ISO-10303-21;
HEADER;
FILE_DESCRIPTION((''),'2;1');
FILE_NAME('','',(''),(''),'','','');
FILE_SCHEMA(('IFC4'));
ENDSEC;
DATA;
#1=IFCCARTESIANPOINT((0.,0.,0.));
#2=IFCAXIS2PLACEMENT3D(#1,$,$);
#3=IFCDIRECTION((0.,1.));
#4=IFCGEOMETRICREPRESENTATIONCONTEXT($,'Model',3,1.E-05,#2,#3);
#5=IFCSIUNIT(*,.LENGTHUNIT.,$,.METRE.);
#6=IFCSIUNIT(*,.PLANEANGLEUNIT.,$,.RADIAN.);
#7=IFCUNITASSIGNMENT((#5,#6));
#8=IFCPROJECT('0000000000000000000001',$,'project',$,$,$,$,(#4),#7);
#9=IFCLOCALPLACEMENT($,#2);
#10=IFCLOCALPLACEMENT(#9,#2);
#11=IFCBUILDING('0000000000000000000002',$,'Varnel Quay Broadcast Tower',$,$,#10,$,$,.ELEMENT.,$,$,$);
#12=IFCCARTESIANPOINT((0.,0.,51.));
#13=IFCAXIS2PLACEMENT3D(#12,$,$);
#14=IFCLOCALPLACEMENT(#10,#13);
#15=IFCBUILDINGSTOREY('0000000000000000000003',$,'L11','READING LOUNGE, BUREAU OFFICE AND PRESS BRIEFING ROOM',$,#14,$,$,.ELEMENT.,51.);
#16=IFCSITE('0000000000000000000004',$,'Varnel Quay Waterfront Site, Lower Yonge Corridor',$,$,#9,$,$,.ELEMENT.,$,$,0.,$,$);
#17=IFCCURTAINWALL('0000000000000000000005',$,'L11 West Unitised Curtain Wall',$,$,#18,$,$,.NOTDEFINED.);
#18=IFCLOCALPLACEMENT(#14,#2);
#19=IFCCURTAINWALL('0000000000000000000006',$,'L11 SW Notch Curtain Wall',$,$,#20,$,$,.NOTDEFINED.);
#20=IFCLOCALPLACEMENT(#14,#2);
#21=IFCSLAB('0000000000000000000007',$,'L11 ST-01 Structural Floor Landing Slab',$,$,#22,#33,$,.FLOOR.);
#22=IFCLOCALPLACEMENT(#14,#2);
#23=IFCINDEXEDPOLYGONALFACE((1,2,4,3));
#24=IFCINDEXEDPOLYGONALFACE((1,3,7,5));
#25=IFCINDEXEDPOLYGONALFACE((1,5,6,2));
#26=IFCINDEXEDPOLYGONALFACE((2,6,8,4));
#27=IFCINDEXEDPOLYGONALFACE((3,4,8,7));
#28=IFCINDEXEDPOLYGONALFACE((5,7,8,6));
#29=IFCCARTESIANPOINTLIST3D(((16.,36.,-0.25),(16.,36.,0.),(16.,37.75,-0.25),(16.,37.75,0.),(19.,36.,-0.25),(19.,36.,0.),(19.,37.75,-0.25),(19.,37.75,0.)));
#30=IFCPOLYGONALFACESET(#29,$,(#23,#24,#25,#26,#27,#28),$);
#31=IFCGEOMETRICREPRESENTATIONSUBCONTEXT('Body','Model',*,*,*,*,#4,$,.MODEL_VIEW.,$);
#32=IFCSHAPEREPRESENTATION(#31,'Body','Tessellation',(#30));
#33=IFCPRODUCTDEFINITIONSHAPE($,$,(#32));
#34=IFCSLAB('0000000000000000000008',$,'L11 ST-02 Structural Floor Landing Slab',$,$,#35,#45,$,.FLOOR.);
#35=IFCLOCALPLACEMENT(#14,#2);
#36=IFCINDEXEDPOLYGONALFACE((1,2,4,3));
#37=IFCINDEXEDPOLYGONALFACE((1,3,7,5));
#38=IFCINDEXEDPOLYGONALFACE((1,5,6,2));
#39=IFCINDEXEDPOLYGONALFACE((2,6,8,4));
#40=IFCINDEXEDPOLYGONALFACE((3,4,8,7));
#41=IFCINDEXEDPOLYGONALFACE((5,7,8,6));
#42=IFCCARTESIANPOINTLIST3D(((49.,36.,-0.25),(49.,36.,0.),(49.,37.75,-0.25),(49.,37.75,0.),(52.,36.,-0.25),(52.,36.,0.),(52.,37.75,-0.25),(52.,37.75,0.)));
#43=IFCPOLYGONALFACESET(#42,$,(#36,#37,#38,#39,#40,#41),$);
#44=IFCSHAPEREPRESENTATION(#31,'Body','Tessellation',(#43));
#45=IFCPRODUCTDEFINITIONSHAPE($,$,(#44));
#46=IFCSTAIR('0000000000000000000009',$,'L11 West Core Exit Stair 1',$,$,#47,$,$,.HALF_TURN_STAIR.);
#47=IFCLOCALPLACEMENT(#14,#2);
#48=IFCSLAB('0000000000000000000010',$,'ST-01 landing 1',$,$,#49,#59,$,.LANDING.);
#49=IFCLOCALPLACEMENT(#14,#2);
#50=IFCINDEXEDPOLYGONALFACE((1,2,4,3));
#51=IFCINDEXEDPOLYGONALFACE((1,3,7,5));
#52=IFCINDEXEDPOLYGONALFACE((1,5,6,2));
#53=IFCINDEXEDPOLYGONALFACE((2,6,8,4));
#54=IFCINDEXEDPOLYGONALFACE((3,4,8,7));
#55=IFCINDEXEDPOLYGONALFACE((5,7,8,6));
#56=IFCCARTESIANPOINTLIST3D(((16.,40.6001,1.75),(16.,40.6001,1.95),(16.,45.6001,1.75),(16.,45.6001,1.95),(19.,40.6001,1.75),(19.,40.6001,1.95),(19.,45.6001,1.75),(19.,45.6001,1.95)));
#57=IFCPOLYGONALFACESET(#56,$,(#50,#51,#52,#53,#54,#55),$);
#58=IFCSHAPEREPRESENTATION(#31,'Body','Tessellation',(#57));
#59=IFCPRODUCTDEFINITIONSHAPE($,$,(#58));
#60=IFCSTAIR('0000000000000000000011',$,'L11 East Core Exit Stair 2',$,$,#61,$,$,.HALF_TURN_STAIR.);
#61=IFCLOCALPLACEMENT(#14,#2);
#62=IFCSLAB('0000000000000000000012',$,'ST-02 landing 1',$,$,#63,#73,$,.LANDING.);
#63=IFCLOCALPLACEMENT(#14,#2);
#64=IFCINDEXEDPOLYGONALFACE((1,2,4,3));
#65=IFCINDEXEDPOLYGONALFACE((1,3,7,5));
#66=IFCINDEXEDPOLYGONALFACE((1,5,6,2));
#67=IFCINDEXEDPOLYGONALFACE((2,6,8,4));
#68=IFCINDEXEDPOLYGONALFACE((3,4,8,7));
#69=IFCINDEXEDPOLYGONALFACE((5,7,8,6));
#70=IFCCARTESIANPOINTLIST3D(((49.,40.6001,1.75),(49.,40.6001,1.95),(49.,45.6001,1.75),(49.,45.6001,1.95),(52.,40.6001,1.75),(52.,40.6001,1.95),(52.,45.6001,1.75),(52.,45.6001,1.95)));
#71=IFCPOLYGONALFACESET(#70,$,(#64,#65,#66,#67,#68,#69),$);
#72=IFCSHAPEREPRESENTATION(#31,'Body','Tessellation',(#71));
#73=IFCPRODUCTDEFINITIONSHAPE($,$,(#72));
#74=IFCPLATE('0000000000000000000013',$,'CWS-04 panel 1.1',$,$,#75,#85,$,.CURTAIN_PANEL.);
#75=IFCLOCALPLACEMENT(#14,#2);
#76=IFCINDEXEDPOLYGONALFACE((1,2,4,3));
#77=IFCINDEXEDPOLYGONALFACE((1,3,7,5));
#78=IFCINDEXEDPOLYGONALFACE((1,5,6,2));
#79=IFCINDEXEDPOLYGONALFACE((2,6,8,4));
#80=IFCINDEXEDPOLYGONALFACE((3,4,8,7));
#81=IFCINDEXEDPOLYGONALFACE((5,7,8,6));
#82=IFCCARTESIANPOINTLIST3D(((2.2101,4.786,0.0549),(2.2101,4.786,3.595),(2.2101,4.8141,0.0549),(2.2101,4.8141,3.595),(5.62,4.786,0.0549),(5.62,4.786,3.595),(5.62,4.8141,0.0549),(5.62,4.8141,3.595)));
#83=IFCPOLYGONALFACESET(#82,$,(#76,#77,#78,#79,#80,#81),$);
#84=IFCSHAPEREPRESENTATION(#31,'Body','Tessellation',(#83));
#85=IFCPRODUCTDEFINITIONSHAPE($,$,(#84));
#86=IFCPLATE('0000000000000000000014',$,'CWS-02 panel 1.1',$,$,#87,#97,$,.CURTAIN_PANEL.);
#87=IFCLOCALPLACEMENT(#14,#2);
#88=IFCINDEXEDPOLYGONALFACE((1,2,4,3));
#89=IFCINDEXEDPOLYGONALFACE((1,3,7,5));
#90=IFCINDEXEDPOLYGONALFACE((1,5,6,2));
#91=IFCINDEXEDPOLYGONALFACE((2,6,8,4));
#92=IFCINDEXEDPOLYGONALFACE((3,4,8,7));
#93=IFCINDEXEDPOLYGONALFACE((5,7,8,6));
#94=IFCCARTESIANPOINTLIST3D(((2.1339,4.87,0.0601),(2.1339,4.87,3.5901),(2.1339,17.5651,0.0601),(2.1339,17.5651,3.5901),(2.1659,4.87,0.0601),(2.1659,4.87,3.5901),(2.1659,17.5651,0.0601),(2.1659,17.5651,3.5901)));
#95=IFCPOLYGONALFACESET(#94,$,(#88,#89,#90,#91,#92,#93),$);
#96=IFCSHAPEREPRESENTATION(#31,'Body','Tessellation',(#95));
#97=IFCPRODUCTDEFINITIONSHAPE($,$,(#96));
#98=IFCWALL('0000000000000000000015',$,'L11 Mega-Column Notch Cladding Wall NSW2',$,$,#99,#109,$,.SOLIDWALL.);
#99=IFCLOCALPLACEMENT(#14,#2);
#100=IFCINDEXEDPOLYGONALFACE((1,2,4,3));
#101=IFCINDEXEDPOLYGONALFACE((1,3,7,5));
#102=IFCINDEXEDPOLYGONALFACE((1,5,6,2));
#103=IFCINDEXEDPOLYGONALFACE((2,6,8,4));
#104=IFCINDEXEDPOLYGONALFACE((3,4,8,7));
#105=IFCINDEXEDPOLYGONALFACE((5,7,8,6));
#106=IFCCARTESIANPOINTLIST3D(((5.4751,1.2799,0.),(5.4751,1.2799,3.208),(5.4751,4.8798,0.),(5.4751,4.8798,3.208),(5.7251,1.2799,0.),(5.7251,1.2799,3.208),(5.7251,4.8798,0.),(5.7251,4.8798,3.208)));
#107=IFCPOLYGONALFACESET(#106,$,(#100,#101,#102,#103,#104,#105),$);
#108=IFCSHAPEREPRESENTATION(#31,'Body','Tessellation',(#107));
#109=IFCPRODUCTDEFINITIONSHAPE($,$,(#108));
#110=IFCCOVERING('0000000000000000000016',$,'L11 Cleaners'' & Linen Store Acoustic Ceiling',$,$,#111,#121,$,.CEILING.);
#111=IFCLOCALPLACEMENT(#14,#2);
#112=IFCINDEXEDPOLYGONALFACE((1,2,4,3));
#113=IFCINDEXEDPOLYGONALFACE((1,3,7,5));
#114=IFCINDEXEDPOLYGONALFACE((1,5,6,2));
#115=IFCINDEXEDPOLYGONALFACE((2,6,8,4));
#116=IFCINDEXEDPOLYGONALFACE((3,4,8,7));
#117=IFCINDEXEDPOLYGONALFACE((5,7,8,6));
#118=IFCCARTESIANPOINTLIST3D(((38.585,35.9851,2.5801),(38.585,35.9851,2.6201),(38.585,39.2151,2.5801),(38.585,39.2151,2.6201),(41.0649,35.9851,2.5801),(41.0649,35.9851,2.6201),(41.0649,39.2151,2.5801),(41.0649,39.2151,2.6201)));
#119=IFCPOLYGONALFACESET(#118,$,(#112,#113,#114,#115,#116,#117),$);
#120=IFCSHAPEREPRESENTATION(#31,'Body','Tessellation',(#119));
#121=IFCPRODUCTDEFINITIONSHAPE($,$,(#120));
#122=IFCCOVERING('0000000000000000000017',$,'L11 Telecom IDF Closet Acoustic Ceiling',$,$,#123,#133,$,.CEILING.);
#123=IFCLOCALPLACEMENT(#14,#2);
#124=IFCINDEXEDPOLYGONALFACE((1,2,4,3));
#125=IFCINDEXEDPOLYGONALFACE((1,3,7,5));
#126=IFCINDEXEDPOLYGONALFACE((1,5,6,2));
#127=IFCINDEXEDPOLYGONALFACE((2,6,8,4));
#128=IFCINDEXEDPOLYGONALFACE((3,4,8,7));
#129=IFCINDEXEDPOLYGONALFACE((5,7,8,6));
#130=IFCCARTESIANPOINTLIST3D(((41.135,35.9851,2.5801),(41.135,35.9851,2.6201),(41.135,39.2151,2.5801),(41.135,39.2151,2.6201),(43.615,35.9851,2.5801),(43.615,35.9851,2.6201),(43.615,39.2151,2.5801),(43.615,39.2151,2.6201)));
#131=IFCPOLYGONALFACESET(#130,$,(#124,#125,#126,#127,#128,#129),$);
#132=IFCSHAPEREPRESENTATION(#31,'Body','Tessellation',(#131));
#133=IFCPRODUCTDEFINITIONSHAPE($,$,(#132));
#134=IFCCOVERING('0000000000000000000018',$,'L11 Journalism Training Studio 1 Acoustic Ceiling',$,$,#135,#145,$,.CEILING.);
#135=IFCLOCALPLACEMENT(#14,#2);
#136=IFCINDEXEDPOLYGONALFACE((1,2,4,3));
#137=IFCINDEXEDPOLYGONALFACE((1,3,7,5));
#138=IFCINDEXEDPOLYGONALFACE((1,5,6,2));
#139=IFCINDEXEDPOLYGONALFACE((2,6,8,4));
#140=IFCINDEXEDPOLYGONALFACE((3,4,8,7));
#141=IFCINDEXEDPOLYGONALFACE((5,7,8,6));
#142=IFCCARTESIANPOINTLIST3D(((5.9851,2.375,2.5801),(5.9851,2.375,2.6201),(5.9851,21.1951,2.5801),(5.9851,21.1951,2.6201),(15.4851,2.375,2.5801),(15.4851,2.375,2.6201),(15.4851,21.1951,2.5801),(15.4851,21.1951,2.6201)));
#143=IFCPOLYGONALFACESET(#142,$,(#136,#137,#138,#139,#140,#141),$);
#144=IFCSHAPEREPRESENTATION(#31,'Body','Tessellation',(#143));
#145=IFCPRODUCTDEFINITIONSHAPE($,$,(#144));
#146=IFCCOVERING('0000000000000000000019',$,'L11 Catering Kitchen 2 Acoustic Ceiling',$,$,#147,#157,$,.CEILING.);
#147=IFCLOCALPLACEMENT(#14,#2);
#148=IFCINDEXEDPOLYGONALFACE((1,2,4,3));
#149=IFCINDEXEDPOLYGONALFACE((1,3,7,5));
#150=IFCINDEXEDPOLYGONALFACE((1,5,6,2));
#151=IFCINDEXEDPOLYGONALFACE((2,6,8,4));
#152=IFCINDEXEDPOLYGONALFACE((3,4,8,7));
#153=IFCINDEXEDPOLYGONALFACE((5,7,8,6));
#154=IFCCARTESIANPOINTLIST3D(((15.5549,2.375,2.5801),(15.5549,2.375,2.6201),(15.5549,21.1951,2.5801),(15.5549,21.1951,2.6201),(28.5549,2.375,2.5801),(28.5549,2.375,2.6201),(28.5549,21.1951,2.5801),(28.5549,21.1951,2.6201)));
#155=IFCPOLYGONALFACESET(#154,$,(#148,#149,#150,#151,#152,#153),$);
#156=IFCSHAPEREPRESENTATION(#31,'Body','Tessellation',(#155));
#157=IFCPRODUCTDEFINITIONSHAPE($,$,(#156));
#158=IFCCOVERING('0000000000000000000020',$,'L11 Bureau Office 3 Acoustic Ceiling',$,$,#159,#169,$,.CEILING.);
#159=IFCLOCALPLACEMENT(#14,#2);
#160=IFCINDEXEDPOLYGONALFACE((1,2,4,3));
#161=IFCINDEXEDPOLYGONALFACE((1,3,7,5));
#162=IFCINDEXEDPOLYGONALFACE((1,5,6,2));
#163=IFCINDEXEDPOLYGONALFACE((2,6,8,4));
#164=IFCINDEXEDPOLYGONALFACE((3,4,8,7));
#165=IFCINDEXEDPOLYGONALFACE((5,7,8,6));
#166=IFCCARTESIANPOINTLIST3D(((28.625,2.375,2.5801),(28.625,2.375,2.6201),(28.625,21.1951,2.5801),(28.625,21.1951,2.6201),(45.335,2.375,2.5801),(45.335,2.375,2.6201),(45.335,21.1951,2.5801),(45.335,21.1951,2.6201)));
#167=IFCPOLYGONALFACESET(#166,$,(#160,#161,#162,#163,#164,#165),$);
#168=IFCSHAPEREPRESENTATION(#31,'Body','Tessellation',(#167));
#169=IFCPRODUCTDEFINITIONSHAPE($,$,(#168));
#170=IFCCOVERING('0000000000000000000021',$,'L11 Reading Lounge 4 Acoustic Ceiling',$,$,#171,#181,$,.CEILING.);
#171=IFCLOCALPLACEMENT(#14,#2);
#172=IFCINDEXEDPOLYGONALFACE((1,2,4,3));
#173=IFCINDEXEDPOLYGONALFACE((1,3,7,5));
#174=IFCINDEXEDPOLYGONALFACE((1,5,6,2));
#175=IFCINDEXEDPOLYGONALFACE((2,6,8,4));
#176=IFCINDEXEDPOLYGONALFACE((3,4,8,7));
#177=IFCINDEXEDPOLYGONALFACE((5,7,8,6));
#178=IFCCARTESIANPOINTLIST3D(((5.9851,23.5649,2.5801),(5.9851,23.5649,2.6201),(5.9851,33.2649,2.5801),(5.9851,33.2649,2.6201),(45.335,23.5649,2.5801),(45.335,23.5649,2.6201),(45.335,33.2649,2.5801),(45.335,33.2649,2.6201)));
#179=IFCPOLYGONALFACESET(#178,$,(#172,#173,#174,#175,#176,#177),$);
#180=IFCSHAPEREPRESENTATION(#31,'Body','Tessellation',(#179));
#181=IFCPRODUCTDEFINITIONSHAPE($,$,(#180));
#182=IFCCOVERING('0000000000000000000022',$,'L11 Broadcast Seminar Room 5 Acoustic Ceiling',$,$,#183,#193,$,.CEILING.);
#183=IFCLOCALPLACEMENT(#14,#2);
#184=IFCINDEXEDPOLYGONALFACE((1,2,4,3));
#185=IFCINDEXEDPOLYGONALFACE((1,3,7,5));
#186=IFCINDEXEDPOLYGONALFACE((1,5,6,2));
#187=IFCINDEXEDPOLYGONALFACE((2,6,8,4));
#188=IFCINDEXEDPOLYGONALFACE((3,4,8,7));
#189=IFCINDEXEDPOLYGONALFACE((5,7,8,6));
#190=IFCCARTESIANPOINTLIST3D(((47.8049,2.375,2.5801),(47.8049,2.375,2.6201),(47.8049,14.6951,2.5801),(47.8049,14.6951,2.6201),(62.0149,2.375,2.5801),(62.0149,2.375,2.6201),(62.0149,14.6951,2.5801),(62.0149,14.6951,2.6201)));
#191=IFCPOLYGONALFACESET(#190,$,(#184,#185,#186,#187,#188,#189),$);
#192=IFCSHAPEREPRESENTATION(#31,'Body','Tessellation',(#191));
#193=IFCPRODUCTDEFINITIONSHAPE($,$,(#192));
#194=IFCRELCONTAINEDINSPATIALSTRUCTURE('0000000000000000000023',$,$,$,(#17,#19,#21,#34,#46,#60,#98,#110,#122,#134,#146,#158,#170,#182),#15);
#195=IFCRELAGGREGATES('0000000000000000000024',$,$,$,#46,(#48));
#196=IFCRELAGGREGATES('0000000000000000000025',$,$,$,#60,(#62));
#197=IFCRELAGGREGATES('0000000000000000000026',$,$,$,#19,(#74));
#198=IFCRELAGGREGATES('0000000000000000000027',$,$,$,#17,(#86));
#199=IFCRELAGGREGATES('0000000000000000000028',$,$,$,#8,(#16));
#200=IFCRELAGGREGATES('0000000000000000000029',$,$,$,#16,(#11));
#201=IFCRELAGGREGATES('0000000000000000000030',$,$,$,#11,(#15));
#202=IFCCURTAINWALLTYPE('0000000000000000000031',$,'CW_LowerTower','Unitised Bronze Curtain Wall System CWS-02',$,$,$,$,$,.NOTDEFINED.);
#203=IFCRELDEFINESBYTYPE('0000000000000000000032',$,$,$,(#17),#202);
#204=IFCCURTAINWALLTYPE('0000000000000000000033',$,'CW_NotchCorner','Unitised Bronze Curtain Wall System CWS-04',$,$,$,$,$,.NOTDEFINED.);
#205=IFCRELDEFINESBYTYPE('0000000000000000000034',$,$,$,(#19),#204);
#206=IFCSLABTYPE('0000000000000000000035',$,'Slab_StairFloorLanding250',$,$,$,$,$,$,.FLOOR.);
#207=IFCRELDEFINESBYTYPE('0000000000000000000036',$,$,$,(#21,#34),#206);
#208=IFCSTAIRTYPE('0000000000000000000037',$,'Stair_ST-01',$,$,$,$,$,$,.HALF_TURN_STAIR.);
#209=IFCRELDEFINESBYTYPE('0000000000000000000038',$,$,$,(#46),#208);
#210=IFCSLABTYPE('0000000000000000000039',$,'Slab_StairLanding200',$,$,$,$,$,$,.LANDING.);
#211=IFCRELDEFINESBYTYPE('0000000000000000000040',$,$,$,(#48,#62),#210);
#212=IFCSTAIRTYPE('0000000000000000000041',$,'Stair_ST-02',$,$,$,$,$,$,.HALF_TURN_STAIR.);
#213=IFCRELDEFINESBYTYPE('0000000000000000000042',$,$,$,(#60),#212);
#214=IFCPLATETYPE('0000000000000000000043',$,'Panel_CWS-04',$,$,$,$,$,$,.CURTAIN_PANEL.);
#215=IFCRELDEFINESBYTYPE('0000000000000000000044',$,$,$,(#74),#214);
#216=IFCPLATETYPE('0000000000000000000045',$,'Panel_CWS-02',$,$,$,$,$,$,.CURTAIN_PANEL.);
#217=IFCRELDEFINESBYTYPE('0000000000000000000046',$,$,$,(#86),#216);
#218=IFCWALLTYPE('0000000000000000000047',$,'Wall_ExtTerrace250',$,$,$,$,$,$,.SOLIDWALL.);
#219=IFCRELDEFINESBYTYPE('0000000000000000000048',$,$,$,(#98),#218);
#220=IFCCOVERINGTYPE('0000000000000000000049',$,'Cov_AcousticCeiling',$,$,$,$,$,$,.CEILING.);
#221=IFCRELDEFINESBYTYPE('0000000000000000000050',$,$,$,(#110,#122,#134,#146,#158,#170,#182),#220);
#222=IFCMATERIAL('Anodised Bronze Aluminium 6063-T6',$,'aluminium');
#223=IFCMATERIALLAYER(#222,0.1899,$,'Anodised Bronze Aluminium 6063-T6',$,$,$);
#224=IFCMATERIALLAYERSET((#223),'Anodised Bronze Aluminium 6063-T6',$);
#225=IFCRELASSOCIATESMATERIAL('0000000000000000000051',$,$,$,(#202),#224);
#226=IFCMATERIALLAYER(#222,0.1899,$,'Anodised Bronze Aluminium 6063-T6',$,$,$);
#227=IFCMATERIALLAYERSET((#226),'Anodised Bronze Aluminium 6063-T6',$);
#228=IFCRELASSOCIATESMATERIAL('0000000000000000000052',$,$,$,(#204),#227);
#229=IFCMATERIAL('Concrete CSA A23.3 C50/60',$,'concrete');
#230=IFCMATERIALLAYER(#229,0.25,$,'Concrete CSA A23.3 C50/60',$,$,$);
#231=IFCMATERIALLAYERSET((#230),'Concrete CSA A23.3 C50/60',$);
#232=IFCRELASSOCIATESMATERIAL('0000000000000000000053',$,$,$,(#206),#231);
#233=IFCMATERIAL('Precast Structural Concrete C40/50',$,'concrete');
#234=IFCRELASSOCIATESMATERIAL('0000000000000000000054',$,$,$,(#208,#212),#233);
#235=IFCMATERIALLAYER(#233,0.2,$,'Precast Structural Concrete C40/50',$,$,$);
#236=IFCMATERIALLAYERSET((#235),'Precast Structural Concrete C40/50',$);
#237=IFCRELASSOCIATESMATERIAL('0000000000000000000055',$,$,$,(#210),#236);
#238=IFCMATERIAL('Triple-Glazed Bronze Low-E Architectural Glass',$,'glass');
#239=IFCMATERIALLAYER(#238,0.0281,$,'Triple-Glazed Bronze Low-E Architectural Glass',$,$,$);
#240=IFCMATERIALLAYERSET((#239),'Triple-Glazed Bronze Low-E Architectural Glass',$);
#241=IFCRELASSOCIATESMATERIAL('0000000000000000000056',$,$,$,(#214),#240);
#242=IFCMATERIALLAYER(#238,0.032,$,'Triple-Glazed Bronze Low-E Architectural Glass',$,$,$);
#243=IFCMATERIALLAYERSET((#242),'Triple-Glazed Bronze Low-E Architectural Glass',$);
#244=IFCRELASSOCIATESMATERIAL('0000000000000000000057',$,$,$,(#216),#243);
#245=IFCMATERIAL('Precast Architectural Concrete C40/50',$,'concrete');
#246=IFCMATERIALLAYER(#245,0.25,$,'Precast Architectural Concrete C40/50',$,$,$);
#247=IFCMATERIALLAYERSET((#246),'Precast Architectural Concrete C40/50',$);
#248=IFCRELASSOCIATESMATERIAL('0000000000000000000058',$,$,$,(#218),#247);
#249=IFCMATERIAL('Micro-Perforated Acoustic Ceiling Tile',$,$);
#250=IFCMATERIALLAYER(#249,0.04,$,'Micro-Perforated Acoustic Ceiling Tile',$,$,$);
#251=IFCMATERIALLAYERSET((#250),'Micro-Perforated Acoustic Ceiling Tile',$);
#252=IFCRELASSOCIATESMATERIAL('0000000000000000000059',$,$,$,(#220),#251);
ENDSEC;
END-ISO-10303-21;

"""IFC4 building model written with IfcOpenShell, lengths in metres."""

from ifc_helpers import new_model, si_unit, direction, frame, frame_2d, origin, origin_2d, place, context, subcontext, project, spatial, polyline, rectangle, outline, extrude, source, transform, mapped, material, layer, layer_set, type_object, type_shapes, element, aggregate, save


model = new_model("IFC4")

# Units and contexts
model_context = context("Model", 3, precision=1e-05, world=origin(), true_north=direction((0.0, 1.0)))
body_context = subcontext(model_context, "Body", "Model", "MODEL_VIEW")
ifc_project = project(units=[si_unit("LENGTHUNIT", "METRE"), si_unit("PLANEANGLEUNIT", "RADIAN")], contexts=[model_context])

# Site, building, storey
site_placement = place(None, origin())
site = spatial("IfcSite", under=ifc_project, at=site_placement, Name="Varnel Quay Waterfront Site, Lower Yonge Corridor", CompositionType="ELEMENT", RefElevation=0.0)
building_placement = place(site_placement, origin())
building = spatial("IfcBuilding", under=site, at=building_placement, Name="Varnel Quay Broadcast Tower", CompositionType="ELEMENT")
storey_placement = place(building_placement, frame((0.0, 0.0, 51.0)))
storey = spatial("IfcBuildingStorey", under=building, at=storey_placement, Name="L11", Description="READING LOUNGE, BUREAU OFFICE AND PRESS BRIEFING ROOM", CompositionType="ELEMENT", Elevation=51.0)

# Curtain walls
ifc_material_1 = material(Name="Anodised Bronze Aluminium 6063-T6", Category="aluminium")
ifc_layer_1 = layer(ifc_material_1, 0.1899, Name="Anodised Bronze Aluminium 6063-T6")
ifc_layer_set_1 = layer_set([ifc_layer_1], Name="Anodised Bronze Aluminium 6063-T6")
curtain_wall_type_1 = type_object("IfcCurtainWallType", Name="CW_LowerTower", Description="Unitised Bronze Curtain Wall System CWS-02", PredefinedType="NOTDEFINED", material=ifc_layer_set_1)
curtain_wall_1_placement = place(storey_placement, origin())
curtain_wall_1 = element("IfcCurtainWall", 1, at=curtain_wall_1_placement, inside=storey, type_object=curtain_wall_type_1, Name="L11 West Unitised Curtain Wall", PredefinedType="NOTDEFINED")
ifc_layer_2 = layer(ifc_material_1, 0.1899, Name="Anodised Bronze Aluminium 6063-T6")
ifc_layer_set_2 = layer_set([ifc_layer_2], Name="Anodised Bronze Aluminium 6063-T6")
curtain_wall_type_2 = type_object("IfcCurtainWallType", Name="CW_NotchCorner", Description="Unitised Bronze Curtain Wall System CWS-04", PredefinedType="NOTDEFINED", material=ifc_layer_set_2)
curtain_wall_2_placement = place(storey_placement, origin())
curtain_wall_2 = element("IfcCurtainWall", 2, at=curtain_wall_2_placement, inside=storey, type_object=curtain_wall_type_2, Name="L11 SW Notch Curtain Wall", PredefinedType="NOTDEFINED")

# Slabs
ifc_material_2 = material(Name="Concrete CSA A23.3 C50/60", Category="concrete")
ifc_layer_3 = layer(ifc_material_2, 0.25, Name="Concrete CSA A23.3 C50/60")
ifc_layer_set_3 = layer_set([ifc_layer_3], Name="Concrete CSA A23.3 C50/60")
slab_type_1 = type_object("IfcSlabType", Name="Slab_StairFloorLanding250", PredefinedType="FLOOR", material=ifc_layer_set_3)
slab_1_placement = place(storey_placement, frame((0.0, 0.0, -0.25)))
element("IfcSlab", 3, at=slab_1_placement, inside=storey, type_object=slab_type_1, Name="L11 ST-01 Structural Floor Landing Slab", PredefinedType="FLOOR", context=body_context, shape_type="SweptSolid", body=[
    extrude(outline(polyline([(19.0, 36.0), (19.0, 37.75), (16.0, 37.75), (16.0, 36.0), (19.0, 36.0)])), origin(), (0.0, 0.0, 1.0), 0.25),
])
slab_2_placement = place(storey_placement, frame((0.0, 0.0, -0.25)))
element("IfcSlab", 4, at=slab_2_placement, inside=storey, type_object=slab_type_1, Name="L11 ST-02 Structural Floor Landing Slab", PredefinedType="FLOOR", context=body_context, shape_type="SweptSolid", body=[
    extrude(outline(polyline([(52.0, 36.0), (52.0, 37.75), (49.0, 37.75), (49.0, 36.0), (52.0, 36.0)])), origin(), (0.0, 0.0, 1.0), 0.25),
])

# Stairs, slabs
ifc_material_3 = material(Name="Precast Structural Concrete C40/50", Category="concrete")
stair_type_1 = type_object("IfcStairType", Name="Stair_ST-01", PredefinedType="HALF_TURN_STAIR", material=ifc_material_3)
stair_1_placement = place(storey_placement, origin())
stair_1 = element("IfcStair", 5, at=stair_1_placement, inside=storey, type_object=stair_type_1, Name="L11 West Core Exit Stair 1", PredefinedType="HALF_TURN_STAIR")
ifc_layer_4 = layer(ifc_material_3, 0.2, Name="Precast Structural Concrete C40/50")
ifc_layer_set_4 = layer_set([ifc_layer_4], Name="Precast Structural Concrete C40/50")
slab_type_2 = type_object("IfcSlabType", Name="Slab_StairLanding200", PredefinedType="LANDING", material=ifc_layer_set_4)
slab_3_placement = place(storey_placement, frame((0.0, 0.0, 1.75)))
slab_3 = element("IfcSlab", 6, at=slab_3_placement, type_object=slab_type_2, Name="ST-01 landing 1", PredefinedType="LANDING", context=body_context, shape_type="SweptSolid", body=[
    extrude(outline(polyline([(19.0, 40.6001), (19.0, 45.6001), (16.0, 45.6001), (16.0, 40.6001), (19.0, 40.6001)])), origin(), (0.0, 0.0, 1.0), 0.2),
])
aggregate(stair_1, [slab_3])
stair_type_2 = type_object("IfcStairType", Name="Stair_ST-02", PredefinedType="HALF_TURN_STAIR", material=ifc_material_3)
stair_2_placement = place(storey_placement, origin())
stair_2 = element("IfcStair", 7, at=stair_2_placement, inside=storey, type_object=stair_type_2, Name="L11 East Core Exit Stair 2", PredefinedType="HALF_TURN_STAIR")
slab_4_placement = place(storey_placement, frame((0.0, 0.0, 1.75)))
slab_4 = element("IfcSlab", 8, at=slab_4_placement, type_object=slab_type_2, Name="ST-02 landing 1", PredefinedType="LANDING", context=body_context, shape_type="SweptSolid", body=[
    extrude(outline(polyline([(52.0, 40.6001), (52.0, 45.6001), (49.0, 45.6001), (49.0, 40.6001), (52.0, 40.6001)])), origin(), (0.0, 0.0, 1.0), 0.2),
])
aggregate(stair_2, [slab_4])

# Plates
ifc_material_4 = material(Name="Triple-Glazed Bronze Low-E Architectural Glass", Category="glass")
ifc_layer_5 = layer(ifc_material_4, 0.0281, Name="Triple-Glazed Bronze Low-E Architectural Glass")
ifc_layer_set_5 = layer_set([ifc_layer_5], Name="Triple-Glazed Bronze Low-E Architectural Glass")
plate_type_1 = type_object("IfcPlateType", Name="Panel_CWS-04", PredefinedType="CURTAIN_PANEL", material=ifc_layer_set_5)
shared_shape_1 = source(origin(), body_context, "Body", "SweptSolid", [
    extrude(rectangle(XDim=3.4099, YDim=0.0281, at=origin_2d()), origin(), (0.0, 0.0, 1.0), 3.54),
])
type_shapes(plate_type_1, [shared_shape_1])
plate_1_placement = place(storey_placement, frame((3.915, 4.8, 0.0549), z_axis=(0.0, 0.0, 1.0), x_axis=(1.0, 0.0, 0.0)))
plate_1 = element("IfcPlate", 9, at=plate_1_placement, type_object=plate_type_1, Name="CWS-04 panel 1.1", PredefinedType="CURTAIN_PANEL", context=body_context, shape_type="MappedRepresentation", body=[
    mapped(shared_shape_1, transform((0.0, 0.0, 0.0), x_axis=(1.0, 0.0, 0.0), y_axis=(0.0, 1.0, 0.0), z_axis=(0.0, 0.0, 1.0), scale=1.0)),
])
aggregate(curtain_wall_2, [plate_1])
ifc_layer_6 = layer(ifc_material_4, 0.032, Name="Triple-Glazed Bronze Low-E Architectural Glass")
ifc_layer_set_6 = layer_set([ifc_layer_6], Name="Triple-Glazed Bronze Low-E Architectural Glass")
plate_type_2 = type_object("IfcPlateType", Name="Panel_CWS-02", PredefinedType="CURTAIN_PANEL", material=ifc_layer_set_6)
shared_shape_2 = source(origin(), body_context, "Body", "SweptSolid", [
    extrude(rectangle(XDim=12.6951, YDim=0.032, at=origin_2d()), origin(), (0.0, 0.0, 1.0), 3.53),
])
type_shapes(plate_type_2, [shared_shape_2])
plate_2_placement = place(storey_placement, frame((2.1499, 11.2175, 0.0601), z_axis=(0.0, 0.0, 1.0), x_axis=(0.0, 1.0, 0.0)))
plate_2 = element("IfcPlate", 10, at=plate_2_placement, type_object=plate_type_2, Name="CWS-02 panel 1.1", PredefinedType="CURTAIN_PANEL", context=body_context, shape_type="MappedRepresentation", body=[
    mapped(shared_shape_2, transform((0.0, 0.0, 0.0), x_axis=(1.0, 0.0, 0.0), y_axis=(0.0, 1.0, 0.0), z_axis=(0.0, 0.0, 1.0), scale=1.0)),
])
aggregate(curtain_wall_1, [plate_2])

# Wall
ifc_material_5 = material(Name="Precast Architectural Concrete C40/50", Category="concrete")
ifc_layer_7 = layer(ifc_material_5, 0.25, Name="Precast Architectural Concrete C40/50")
ifc_layer_set_7 = layer_set([ifc_layer_7], Name="Precast Architectural Concrete C40/50")
wall_type = type_object("IfcWallType", Name="Wall_ExtTerrace250", PredefinedType="SOLIDWALL", material=ifc_layer_set_7)
wall_placement = place(storey_placement, frame((5.6001, 1.28, 0.0), z_axis=(0.0, 0.0, 1.0), x_axis=(0.0, 1.0, 0.0)))
element("IfcWall", 11, at=wall_placement, inside=storey, type_object=wall_type, Name="L11 Mega-Column Notch Cladding Wall NSW2", PredefinedType="SOLIDWALL", context=body_context, shape_type="SweptSolid", body=[
    extrude(rectangle(XDim=3.5999, YDim=0.25, at=frame_2d((1.7998, 0.0))), origin(), (0.0, 0.0, 1.0), 3.208),
])

# Coverings
ifc_material_6 = material(Name="Micro-Perforated Acoustic Ceiling Tile")
ifc_layer_8 = layer(ifc_material_6, 0.04, Name="Micro-Perforated Acoustic Ceiling Tile")
ifc_layer_set_8 = layer_set([ifc_layer_8], Name="Micro-Perforated Acoustic Ceiling Tile")
covering_type_1 = type_object("IfcCoveringType", Name="Cov_AcousticCeiling", PredefinedType="CEILING", material=ifc_layer_set_8)
covering_1_placement = place(storey_placement, frame((0.0, 0.0, 2.5801)))
element("IfcCovering", 12, at=covering_1_placement, inside=storey, type_object=covering_type_1, Name="L11 Cleaners' & Linen Store Acoustic Ceiling", PredefinedType="CEILING", context=body_context, shape_type="SweptSolid", body=[
    extrude(outline(polyline([(38.585, 35.9851), (41.0649, 35.9851), (41.0649, 39.2151), (38.585, 39.2151), (38.585, 35.9851)])), origin(), (0.0, 0.0, 1.0), 0.04),
])
covering_2_placement = place(storey_placement, frame((0.0, 0.0, 2.5801)))
element("IfcCovering", 13, at=covering_2_placement, inside=storey, type_object=covering_type_1, Name="L11 Telecom IDF Closet Acoustic Ceiling", PredefinedType="CEILING", context=body_context, shape_type="SweptSolid", body=[
    extrude(outline(polyline([(41.135, 35.9851), (43.615, 35.9851), (43.615, 39.2151), (41.135, 39.2151), (41.135, 35.9851)])), origin(), (0.0, 0.0, 1.0), 0.04),
])
covering_3_placement = place(storey_placement, frame((0.0, 0.0, 2.5801)))
element("IfcCovering", 14, at=covering_3_placement, inside=storey, type_object=covering_type_1, Name="L11 Journalism Training Studio 1 Acoustic Ceiling", PredefinedType="CEILING", context=body_context, shape_type="SweptSolid", body=[
    extrude(outline(polyline([(5.9851, 2.375), (15.4851, 2.375), (15.4851, 21.1951), (5.9851, 21.1951), (5.9851, 2.375)])), origin(), (0.0, 0.0, 1.0), 0.04),
])
covering_4_placement = place(storey_placement, frame((0.0, 0.0, 2.5801)))
element("IfcCovering", 15, at=covering_4_placement, inside=storey, type_object=covering_type_1, Name="L11 Catering Kitchen 2 Acoustic Ceiling", PredefinedType="CEILING", context=body_context, shape_type="SweptSolid", body=[
    extrude(outline(polyline([(15.5549, 2.375), (28.5549, 2.375), (28.5549, 21.1951), (15.5549, 21.1951), (15.5549, 2.375)])), origin(), (0.0, 0.0, 1.0), 0.04),
])
covering_5_placement = place(storey_placement, frame((0.0, 0.0, 2.5801)))
element("IfcCovering", 16, at=covering_5_placement, inside=storey, type_object=covering_type_1, Name="L11 Bureau Office 3 Acoustic Ceiling", PredefinedType="CEILING", context=body_context, shape_type="SweptSolid", body=[
    extrude(outline(polyline([(28.625, 2.375), (45.335, 2.375), (45.335, 21.1951), (28.625, 21.1951), (28.625, 2.375)])), origin(), (0.0, 0.0, 1.0), 0.04),
])
covering_6_placement = place(storey_placement, frame((0.0, 0.0, 2.5801)))
element("IfcCovering", 17, at=covering_6_placement, inside=storey, type_object=covering_type_1, Name="L11 Reading Lounge 4 Acoustic Ceiling", PredefinedType="CEILING", context=body_context, shape_type="SweptSolid", body=[
    extrude(outline(polyline([(5.9851, 23.5649), (45.335, 23.5649), (45.335, 33.2649), (5.9851, 33.2649), (5.9851, 23.5649)])), origin(), (0.0, 0.0, 1.0), 0.04),
])
covering_7_placement = place(storey_placement, frame((0.0, 0.0, 2.5801)))
element("IfcCovering", 18, at=covering_7_placement, inside=storey, type_object=covering_type_1, Name="L11 Broadcast Seminar Room 5 Acoustic Ceiling", PredefinedType="CEILING", context=body_context, shape_type="SweptSolid", body=[
    extrude(outline(polyline([(47.8049, 2.375), (62.0149, 2.375), (62.0149, 14.6951), (47.8049, 14.6951), (47.8049, 2.375)])), origin(), (0.0, 0.0, 1.0), 0.04),
])

save(model, "model.ifc")
